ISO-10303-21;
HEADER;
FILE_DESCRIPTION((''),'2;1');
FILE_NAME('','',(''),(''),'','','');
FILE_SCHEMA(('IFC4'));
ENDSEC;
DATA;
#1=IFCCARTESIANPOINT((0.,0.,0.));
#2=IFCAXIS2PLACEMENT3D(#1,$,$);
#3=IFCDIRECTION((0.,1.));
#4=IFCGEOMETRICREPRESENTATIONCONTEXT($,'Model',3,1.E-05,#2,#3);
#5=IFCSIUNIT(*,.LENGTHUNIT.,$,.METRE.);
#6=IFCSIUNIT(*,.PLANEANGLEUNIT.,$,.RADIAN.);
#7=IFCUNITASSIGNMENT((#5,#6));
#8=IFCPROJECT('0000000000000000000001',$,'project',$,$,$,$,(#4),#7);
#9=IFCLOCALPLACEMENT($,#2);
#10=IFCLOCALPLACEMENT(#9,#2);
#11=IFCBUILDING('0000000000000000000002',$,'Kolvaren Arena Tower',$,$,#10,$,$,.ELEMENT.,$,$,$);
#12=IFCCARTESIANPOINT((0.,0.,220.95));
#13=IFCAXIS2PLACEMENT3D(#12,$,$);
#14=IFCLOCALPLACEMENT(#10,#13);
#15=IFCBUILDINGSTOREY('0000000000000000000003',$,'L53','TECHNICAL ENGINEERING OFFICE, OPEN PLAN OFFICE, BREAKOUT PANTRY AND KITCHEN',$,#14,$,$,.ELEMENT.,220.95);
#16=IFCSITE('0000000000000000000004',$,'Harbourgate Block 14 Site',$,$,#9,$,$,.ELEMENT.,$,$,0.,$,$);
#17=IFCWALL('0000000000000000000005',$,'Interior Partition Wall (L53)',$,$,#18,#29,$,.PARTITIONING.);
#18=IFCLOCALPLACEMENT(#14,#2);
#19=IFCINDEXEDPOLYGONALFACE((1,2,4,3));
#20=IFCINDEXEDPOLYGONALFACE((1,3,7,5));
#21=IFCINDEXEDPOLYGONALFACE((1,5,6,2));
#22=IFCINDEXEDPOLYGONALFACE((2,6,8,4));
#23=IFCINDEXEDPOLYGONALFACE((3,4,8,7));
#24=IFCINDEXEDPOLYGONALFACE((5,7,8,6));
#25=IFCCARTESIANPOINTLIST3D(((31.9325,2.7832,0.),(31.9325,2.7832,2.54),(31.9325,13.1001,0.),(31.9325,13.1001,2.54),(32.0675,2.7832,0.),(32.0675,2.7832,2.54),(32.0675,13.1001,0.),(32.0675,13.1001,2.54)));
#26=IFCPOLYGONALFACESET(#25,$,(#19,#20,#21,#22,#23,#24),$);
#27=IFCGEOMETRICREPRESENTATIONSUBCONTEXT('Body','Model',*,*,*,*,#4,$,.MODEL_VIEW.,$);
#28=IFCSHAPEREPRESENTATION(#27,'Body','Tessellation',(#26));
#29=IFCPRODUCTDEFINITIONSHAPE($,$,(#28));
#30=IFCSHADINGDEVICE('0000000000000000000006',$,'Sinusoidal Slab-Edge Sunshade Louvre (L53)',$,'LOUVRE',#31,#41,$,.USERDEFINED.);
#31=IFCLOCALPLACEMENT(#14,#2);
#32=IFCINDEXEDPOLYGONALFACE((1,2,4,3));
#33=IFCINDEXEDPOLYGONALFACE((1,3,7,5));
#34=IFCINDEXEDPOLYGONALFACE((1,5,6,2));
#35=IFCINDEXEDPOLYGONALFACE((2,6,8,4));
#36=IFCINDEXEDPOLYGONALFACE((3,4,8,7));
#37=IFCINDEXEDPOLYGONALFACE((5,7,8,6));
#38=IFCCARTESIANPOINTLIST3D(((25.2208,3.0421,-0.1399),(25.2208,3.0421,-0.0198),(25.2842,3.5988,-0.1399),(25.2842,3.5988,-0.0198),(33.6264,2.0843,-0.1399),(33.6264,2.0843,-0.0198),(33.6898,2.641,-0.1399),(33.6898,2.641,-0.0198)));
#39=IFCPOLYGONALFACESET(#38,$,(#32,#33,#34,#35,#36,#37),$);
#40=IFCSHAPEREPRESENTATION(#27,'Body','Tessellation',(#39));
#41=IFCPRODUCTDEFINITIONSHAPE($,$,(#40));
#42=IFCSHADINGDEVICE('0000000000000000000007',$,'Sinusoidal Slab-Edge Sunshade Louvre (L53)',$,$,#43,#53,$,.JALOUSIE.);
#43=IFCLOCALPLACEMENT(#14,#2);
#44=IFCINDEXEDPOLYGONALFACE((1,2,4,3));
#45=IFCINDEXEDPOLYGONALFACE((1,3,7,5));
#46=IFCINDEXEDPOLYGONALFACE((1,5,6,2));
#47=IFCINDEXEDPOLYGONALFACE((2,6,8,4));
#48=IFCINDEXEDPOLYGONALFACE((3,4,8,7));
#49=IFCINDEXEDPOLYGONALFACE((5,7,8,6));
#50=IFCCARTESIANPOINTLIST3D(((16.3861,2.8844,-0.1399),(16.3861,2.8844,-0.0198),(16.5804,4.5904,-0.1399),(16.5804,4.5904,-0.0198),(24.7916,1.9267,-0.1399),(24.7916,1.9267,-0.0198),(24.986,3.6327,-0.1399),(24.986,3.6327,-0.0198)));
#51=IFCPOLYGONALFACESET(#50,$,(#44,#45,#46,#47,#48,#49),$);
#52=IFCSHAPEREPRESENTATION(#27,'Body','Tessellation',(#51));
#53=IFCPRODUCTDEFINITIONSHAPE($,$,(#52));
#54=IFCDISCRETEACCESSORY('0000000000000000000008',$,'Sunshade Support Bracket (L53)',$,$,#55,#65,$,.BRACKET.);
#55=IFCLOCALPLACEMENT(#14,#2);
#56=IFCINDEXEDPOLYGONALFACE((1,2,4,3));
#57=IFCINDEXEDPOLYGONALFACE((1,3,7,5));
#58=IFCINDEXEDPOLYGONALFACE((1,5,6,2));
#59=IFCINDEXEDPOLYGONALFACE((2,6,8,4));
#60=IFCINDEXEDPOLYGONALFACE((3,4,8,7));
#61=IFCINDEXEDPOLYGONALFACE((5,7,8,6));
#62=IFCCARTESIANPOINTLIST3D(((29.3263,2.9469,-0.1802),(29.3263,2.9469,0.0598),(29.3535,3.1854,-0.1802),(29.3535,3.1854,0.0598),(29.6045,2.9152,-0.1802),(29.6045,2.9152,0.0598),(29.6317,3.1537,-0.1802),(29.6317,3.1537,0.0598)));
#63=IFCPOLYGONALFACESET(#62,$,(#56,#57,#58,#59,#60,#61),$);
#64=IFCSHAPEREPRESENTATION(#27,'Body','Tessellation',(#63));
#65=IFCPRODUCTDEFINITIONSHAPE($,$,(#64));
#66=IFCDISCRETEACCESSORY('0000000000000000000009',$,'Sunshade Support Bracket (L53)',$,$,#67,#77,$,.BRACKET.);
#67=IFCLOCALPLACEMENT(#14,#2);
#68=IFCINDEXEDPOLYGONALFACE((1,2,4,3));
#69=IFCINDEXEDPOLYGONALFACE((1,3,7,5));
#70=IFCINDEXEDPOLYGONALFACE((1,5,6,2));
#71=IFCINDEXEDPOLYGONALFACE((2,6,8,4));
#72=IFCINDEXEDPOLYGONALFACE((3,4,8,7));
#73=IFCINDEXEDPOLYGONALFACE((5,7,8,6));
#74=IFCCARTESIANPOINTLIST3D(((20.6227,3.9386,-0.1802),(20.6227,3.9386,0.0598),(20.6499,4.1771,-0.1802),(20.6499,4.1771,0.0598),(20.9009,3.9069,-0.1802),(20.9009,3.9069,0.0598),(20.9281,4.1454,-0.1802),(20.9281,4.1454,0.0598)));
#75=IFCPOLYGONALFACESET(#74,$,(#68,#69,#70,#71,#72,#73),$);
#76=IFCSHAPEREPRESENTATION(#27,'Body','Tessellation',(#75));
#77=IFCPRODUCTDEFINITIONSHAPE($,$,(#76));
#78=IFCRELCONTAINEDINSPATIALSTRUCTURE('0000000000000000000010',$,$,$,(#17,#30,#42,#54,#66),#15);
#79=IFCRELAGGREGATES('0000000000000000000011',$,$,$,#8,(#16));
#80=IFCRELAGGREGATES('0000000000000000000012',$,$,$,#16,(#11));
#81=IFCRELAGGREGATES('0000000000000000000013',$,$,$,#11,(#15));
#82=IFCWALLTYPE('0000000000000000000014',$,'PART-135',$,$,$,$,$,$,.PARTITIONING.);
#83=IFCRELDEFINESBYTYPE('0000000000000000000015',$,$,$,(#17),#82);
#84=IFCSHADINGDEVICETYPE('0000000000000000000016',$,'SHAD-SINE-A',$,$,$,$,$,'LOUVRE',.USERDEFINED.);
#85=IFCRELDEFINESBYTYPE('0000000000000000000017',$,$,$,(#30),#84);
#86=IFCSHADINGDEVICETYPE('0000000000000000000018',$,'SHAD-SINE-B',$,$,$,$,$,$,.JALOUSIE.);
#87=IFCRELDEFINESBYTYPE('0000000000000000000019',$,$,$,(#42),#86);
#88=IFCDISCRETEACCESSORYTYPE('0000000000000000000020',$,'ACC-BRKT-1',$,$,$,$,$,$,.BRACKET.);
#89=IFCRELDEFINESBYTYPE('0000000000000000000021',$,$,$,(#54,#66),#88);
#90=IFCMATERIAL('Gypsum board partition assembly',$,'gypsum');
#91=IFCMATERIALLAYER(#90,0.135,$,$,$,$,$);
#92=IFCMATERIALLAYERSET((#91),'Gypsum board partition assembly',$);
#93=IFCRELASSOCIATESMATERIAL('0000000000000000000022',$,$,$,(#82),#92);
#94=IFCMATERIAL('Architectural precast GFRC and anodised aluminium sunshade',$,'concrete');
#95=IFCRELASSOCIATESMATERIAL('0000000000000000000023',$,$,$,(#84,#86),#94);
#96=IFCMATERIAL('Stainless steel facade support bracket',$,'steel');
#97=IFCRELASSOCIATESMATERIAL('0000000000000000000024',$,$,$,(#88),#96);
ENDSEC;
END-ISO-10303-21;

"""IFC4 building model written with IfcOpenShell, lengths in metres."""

from ifc_helpers import new_model, si_unit, direction, frame, frame_2d, origin, origin_2d, place, context, subcontext, project, spatial, rectangle, extrude, material, layer, layer_set, type_object, element, save


model = new_model("IFC4")

# Units and contexts
model_context = context("Model", 3, precision=1e-05, world=origin(), true_north=direction((0.0, 1.0)))
body_context = subcontext(model_context, "Body", "Model", "MODEL_VIEW")
ifc_project = project(units=[si_unit("LENGTHUNIT", "METRE"), si_unit("PLANEANGLEUNIT", "RADIAN")], contexts=[model_context])

# Site, building, storey
site_placement = place(None, origin())
site = spatial("IfcSite", under=ifc_project, at=site_placement, Name="Harbourgate Block 14 Site", CompositionType="ELEMENT", RefElevation=0.0)
building_placement = place(site_placement, origin())
building = spatial("IfcBuilding", under=site, at=building_placement, Name="Kolvaren Arena Tower", CompositionType="ELEMENT")
storey_placement = place(building_placement, frame((0.0, 0.0, 220.95)))
storey = spatial("IfcBuildingStorey", under=building, at=storey_placement, Name="L53", Description="TECHNICAL ENGINEERING OFFICE, OPEN PLAN OFFICE, BREAKOUT PANTRY AND KITCHEN", CompositionType="ELEMENT", Elevation=220.95)

# Wall
ifc_material_1 = material(Name="Gypsum board partition assembly", Category="gypsum")
ifc_layer_1 = layer(ifc_material_1, 0.135)
ifc_layer_set_1 = layer_set([ifc_layer_1], Name="Gypsum board partition assembly")
wall_type_1 = type_object("IfcWallType", Name="PART-135", PredefinedType="PARTITIONING", material=ifc_layer_set_1)
wall_1_placement = place(storey_placement, frame((32.0, 2.7832, 0.0), z_axis=(0.0, 0.0, 1.0), x_axis=(0.0, 1.0, 0.0)))
element("IfcWall", 1, at=wall_1_placement, inside=storey, type_object=wall_type_1, Name="Interior Partition Wall (L53)", PredefinedType="PARTITIONING", context=body_context, shape_type="SweptSolid", body=[
    extrude(rectangle(XDim=10.3169, YDim=0.135, at=frame_2d((5.1584, 0.0))), origin(), (0.0, 0.0, 1.0), 2.54),
])

# Shading devices
ifc_material_2 = material(Name="Architectural precast GFRC and anodised aluminium sunshade", Category="concrete")
shading_device_type_1 = type_object("IfcShadingDeviceType", Name="SHAD-SINE-A", ElementType="LOUVRE", PredefinedType="USERDEFINED", material=ifc_material_2)
shading_device_1_placement = place(storey_placement, frame((29.4553, 2.8416, -0.1399), z_axis=(0.0, 0.0, 1.0), x_axis=(-0.993572, 0.113205, 0.0)))
element("IfcShadingDevice", 2, at=shading_device_1_placement, inside=storey, type_object=shading_device_type_1, Name="Sinusoidal Slab-Edge Sunshade Louvre (L53)", ObjectType="LOUVRE", PredefinedType="USERDEFINED", context=body_context, shape_type="SweptSolid", body=[
    extrude(rectangle(XDim=8.46, YDim=0.5603, at=origin_2d()), origin(), (0.0, 0.0, 1.0), 0.1201),
])
shading_device_type_2 = type_object("IfcShadingDeviceType", Name="SHAD-SINE-B", PredefinedType="JALOUSIE", material=ifc_material_2)
shading_device_2_placement = place(storey_placement, frame((20.686, 3.2585, -0.1399), z_axis=(0.0, 0.0, 1.0), x_axis=(-0.993572, 0.113205, 0.0)))
element("IfcShadingDevice", 3, at=shading_device_2_placement, inside=storey, type_object=shading_device_type_2, Name="Sinusoidal Slab-Edge Sunshade Louvre (L53)", PredefinedType="JALOUSIE", context=body_context, shape_type="SweptSolid", body=[
    extrude(rectangle(XDim=8.46, YDim=1.717, at=origin_2d()), origin(), (0.0, 0.0, 1.0), 0.1201),
])

# Discrete accessories
ifc_material_3 = material(Name="Stainless steel facade support bracket", Category="steel")
discrete_accessory_type = type_object("IfcDiscreteAccessoryType", Name="ACC-BRKT-1", PredefinedType="BRACKET", material=ifc_material_3)
for number, where, z_axis, x_axis, name in (
    (4, (29.479, 3.0503, -0.1802), (0.0, 0.0, 1.0), (-0.993572, 0.113205, 0.0), "Sunshade Support Bracket (L53)"),
    (5, (20.7754, 4.042, -0.1802), (0.0, 0.0, 1.0), (-0.993572, 0.113205, 0.0), "Sunshade Support Bracket (L53)"),
):
    element("IfcDiscreteAccessory", number, at=place(storey_placement, frame(where, z_axis=z_axis, x_axis=x_axis)), inside=storey, type_object=discrete_accessory_type, Name=name, PredefinedType="BRACKET", context=body_context, shape_type="SweptSolid", body=[
        extrude(rectangle(XDim=0.28, YDim=0.24, at=origin_2d()), origin(), (0.0, 0.0, 1.0), 0.24),
    ])

save(model, "model.ifc")
